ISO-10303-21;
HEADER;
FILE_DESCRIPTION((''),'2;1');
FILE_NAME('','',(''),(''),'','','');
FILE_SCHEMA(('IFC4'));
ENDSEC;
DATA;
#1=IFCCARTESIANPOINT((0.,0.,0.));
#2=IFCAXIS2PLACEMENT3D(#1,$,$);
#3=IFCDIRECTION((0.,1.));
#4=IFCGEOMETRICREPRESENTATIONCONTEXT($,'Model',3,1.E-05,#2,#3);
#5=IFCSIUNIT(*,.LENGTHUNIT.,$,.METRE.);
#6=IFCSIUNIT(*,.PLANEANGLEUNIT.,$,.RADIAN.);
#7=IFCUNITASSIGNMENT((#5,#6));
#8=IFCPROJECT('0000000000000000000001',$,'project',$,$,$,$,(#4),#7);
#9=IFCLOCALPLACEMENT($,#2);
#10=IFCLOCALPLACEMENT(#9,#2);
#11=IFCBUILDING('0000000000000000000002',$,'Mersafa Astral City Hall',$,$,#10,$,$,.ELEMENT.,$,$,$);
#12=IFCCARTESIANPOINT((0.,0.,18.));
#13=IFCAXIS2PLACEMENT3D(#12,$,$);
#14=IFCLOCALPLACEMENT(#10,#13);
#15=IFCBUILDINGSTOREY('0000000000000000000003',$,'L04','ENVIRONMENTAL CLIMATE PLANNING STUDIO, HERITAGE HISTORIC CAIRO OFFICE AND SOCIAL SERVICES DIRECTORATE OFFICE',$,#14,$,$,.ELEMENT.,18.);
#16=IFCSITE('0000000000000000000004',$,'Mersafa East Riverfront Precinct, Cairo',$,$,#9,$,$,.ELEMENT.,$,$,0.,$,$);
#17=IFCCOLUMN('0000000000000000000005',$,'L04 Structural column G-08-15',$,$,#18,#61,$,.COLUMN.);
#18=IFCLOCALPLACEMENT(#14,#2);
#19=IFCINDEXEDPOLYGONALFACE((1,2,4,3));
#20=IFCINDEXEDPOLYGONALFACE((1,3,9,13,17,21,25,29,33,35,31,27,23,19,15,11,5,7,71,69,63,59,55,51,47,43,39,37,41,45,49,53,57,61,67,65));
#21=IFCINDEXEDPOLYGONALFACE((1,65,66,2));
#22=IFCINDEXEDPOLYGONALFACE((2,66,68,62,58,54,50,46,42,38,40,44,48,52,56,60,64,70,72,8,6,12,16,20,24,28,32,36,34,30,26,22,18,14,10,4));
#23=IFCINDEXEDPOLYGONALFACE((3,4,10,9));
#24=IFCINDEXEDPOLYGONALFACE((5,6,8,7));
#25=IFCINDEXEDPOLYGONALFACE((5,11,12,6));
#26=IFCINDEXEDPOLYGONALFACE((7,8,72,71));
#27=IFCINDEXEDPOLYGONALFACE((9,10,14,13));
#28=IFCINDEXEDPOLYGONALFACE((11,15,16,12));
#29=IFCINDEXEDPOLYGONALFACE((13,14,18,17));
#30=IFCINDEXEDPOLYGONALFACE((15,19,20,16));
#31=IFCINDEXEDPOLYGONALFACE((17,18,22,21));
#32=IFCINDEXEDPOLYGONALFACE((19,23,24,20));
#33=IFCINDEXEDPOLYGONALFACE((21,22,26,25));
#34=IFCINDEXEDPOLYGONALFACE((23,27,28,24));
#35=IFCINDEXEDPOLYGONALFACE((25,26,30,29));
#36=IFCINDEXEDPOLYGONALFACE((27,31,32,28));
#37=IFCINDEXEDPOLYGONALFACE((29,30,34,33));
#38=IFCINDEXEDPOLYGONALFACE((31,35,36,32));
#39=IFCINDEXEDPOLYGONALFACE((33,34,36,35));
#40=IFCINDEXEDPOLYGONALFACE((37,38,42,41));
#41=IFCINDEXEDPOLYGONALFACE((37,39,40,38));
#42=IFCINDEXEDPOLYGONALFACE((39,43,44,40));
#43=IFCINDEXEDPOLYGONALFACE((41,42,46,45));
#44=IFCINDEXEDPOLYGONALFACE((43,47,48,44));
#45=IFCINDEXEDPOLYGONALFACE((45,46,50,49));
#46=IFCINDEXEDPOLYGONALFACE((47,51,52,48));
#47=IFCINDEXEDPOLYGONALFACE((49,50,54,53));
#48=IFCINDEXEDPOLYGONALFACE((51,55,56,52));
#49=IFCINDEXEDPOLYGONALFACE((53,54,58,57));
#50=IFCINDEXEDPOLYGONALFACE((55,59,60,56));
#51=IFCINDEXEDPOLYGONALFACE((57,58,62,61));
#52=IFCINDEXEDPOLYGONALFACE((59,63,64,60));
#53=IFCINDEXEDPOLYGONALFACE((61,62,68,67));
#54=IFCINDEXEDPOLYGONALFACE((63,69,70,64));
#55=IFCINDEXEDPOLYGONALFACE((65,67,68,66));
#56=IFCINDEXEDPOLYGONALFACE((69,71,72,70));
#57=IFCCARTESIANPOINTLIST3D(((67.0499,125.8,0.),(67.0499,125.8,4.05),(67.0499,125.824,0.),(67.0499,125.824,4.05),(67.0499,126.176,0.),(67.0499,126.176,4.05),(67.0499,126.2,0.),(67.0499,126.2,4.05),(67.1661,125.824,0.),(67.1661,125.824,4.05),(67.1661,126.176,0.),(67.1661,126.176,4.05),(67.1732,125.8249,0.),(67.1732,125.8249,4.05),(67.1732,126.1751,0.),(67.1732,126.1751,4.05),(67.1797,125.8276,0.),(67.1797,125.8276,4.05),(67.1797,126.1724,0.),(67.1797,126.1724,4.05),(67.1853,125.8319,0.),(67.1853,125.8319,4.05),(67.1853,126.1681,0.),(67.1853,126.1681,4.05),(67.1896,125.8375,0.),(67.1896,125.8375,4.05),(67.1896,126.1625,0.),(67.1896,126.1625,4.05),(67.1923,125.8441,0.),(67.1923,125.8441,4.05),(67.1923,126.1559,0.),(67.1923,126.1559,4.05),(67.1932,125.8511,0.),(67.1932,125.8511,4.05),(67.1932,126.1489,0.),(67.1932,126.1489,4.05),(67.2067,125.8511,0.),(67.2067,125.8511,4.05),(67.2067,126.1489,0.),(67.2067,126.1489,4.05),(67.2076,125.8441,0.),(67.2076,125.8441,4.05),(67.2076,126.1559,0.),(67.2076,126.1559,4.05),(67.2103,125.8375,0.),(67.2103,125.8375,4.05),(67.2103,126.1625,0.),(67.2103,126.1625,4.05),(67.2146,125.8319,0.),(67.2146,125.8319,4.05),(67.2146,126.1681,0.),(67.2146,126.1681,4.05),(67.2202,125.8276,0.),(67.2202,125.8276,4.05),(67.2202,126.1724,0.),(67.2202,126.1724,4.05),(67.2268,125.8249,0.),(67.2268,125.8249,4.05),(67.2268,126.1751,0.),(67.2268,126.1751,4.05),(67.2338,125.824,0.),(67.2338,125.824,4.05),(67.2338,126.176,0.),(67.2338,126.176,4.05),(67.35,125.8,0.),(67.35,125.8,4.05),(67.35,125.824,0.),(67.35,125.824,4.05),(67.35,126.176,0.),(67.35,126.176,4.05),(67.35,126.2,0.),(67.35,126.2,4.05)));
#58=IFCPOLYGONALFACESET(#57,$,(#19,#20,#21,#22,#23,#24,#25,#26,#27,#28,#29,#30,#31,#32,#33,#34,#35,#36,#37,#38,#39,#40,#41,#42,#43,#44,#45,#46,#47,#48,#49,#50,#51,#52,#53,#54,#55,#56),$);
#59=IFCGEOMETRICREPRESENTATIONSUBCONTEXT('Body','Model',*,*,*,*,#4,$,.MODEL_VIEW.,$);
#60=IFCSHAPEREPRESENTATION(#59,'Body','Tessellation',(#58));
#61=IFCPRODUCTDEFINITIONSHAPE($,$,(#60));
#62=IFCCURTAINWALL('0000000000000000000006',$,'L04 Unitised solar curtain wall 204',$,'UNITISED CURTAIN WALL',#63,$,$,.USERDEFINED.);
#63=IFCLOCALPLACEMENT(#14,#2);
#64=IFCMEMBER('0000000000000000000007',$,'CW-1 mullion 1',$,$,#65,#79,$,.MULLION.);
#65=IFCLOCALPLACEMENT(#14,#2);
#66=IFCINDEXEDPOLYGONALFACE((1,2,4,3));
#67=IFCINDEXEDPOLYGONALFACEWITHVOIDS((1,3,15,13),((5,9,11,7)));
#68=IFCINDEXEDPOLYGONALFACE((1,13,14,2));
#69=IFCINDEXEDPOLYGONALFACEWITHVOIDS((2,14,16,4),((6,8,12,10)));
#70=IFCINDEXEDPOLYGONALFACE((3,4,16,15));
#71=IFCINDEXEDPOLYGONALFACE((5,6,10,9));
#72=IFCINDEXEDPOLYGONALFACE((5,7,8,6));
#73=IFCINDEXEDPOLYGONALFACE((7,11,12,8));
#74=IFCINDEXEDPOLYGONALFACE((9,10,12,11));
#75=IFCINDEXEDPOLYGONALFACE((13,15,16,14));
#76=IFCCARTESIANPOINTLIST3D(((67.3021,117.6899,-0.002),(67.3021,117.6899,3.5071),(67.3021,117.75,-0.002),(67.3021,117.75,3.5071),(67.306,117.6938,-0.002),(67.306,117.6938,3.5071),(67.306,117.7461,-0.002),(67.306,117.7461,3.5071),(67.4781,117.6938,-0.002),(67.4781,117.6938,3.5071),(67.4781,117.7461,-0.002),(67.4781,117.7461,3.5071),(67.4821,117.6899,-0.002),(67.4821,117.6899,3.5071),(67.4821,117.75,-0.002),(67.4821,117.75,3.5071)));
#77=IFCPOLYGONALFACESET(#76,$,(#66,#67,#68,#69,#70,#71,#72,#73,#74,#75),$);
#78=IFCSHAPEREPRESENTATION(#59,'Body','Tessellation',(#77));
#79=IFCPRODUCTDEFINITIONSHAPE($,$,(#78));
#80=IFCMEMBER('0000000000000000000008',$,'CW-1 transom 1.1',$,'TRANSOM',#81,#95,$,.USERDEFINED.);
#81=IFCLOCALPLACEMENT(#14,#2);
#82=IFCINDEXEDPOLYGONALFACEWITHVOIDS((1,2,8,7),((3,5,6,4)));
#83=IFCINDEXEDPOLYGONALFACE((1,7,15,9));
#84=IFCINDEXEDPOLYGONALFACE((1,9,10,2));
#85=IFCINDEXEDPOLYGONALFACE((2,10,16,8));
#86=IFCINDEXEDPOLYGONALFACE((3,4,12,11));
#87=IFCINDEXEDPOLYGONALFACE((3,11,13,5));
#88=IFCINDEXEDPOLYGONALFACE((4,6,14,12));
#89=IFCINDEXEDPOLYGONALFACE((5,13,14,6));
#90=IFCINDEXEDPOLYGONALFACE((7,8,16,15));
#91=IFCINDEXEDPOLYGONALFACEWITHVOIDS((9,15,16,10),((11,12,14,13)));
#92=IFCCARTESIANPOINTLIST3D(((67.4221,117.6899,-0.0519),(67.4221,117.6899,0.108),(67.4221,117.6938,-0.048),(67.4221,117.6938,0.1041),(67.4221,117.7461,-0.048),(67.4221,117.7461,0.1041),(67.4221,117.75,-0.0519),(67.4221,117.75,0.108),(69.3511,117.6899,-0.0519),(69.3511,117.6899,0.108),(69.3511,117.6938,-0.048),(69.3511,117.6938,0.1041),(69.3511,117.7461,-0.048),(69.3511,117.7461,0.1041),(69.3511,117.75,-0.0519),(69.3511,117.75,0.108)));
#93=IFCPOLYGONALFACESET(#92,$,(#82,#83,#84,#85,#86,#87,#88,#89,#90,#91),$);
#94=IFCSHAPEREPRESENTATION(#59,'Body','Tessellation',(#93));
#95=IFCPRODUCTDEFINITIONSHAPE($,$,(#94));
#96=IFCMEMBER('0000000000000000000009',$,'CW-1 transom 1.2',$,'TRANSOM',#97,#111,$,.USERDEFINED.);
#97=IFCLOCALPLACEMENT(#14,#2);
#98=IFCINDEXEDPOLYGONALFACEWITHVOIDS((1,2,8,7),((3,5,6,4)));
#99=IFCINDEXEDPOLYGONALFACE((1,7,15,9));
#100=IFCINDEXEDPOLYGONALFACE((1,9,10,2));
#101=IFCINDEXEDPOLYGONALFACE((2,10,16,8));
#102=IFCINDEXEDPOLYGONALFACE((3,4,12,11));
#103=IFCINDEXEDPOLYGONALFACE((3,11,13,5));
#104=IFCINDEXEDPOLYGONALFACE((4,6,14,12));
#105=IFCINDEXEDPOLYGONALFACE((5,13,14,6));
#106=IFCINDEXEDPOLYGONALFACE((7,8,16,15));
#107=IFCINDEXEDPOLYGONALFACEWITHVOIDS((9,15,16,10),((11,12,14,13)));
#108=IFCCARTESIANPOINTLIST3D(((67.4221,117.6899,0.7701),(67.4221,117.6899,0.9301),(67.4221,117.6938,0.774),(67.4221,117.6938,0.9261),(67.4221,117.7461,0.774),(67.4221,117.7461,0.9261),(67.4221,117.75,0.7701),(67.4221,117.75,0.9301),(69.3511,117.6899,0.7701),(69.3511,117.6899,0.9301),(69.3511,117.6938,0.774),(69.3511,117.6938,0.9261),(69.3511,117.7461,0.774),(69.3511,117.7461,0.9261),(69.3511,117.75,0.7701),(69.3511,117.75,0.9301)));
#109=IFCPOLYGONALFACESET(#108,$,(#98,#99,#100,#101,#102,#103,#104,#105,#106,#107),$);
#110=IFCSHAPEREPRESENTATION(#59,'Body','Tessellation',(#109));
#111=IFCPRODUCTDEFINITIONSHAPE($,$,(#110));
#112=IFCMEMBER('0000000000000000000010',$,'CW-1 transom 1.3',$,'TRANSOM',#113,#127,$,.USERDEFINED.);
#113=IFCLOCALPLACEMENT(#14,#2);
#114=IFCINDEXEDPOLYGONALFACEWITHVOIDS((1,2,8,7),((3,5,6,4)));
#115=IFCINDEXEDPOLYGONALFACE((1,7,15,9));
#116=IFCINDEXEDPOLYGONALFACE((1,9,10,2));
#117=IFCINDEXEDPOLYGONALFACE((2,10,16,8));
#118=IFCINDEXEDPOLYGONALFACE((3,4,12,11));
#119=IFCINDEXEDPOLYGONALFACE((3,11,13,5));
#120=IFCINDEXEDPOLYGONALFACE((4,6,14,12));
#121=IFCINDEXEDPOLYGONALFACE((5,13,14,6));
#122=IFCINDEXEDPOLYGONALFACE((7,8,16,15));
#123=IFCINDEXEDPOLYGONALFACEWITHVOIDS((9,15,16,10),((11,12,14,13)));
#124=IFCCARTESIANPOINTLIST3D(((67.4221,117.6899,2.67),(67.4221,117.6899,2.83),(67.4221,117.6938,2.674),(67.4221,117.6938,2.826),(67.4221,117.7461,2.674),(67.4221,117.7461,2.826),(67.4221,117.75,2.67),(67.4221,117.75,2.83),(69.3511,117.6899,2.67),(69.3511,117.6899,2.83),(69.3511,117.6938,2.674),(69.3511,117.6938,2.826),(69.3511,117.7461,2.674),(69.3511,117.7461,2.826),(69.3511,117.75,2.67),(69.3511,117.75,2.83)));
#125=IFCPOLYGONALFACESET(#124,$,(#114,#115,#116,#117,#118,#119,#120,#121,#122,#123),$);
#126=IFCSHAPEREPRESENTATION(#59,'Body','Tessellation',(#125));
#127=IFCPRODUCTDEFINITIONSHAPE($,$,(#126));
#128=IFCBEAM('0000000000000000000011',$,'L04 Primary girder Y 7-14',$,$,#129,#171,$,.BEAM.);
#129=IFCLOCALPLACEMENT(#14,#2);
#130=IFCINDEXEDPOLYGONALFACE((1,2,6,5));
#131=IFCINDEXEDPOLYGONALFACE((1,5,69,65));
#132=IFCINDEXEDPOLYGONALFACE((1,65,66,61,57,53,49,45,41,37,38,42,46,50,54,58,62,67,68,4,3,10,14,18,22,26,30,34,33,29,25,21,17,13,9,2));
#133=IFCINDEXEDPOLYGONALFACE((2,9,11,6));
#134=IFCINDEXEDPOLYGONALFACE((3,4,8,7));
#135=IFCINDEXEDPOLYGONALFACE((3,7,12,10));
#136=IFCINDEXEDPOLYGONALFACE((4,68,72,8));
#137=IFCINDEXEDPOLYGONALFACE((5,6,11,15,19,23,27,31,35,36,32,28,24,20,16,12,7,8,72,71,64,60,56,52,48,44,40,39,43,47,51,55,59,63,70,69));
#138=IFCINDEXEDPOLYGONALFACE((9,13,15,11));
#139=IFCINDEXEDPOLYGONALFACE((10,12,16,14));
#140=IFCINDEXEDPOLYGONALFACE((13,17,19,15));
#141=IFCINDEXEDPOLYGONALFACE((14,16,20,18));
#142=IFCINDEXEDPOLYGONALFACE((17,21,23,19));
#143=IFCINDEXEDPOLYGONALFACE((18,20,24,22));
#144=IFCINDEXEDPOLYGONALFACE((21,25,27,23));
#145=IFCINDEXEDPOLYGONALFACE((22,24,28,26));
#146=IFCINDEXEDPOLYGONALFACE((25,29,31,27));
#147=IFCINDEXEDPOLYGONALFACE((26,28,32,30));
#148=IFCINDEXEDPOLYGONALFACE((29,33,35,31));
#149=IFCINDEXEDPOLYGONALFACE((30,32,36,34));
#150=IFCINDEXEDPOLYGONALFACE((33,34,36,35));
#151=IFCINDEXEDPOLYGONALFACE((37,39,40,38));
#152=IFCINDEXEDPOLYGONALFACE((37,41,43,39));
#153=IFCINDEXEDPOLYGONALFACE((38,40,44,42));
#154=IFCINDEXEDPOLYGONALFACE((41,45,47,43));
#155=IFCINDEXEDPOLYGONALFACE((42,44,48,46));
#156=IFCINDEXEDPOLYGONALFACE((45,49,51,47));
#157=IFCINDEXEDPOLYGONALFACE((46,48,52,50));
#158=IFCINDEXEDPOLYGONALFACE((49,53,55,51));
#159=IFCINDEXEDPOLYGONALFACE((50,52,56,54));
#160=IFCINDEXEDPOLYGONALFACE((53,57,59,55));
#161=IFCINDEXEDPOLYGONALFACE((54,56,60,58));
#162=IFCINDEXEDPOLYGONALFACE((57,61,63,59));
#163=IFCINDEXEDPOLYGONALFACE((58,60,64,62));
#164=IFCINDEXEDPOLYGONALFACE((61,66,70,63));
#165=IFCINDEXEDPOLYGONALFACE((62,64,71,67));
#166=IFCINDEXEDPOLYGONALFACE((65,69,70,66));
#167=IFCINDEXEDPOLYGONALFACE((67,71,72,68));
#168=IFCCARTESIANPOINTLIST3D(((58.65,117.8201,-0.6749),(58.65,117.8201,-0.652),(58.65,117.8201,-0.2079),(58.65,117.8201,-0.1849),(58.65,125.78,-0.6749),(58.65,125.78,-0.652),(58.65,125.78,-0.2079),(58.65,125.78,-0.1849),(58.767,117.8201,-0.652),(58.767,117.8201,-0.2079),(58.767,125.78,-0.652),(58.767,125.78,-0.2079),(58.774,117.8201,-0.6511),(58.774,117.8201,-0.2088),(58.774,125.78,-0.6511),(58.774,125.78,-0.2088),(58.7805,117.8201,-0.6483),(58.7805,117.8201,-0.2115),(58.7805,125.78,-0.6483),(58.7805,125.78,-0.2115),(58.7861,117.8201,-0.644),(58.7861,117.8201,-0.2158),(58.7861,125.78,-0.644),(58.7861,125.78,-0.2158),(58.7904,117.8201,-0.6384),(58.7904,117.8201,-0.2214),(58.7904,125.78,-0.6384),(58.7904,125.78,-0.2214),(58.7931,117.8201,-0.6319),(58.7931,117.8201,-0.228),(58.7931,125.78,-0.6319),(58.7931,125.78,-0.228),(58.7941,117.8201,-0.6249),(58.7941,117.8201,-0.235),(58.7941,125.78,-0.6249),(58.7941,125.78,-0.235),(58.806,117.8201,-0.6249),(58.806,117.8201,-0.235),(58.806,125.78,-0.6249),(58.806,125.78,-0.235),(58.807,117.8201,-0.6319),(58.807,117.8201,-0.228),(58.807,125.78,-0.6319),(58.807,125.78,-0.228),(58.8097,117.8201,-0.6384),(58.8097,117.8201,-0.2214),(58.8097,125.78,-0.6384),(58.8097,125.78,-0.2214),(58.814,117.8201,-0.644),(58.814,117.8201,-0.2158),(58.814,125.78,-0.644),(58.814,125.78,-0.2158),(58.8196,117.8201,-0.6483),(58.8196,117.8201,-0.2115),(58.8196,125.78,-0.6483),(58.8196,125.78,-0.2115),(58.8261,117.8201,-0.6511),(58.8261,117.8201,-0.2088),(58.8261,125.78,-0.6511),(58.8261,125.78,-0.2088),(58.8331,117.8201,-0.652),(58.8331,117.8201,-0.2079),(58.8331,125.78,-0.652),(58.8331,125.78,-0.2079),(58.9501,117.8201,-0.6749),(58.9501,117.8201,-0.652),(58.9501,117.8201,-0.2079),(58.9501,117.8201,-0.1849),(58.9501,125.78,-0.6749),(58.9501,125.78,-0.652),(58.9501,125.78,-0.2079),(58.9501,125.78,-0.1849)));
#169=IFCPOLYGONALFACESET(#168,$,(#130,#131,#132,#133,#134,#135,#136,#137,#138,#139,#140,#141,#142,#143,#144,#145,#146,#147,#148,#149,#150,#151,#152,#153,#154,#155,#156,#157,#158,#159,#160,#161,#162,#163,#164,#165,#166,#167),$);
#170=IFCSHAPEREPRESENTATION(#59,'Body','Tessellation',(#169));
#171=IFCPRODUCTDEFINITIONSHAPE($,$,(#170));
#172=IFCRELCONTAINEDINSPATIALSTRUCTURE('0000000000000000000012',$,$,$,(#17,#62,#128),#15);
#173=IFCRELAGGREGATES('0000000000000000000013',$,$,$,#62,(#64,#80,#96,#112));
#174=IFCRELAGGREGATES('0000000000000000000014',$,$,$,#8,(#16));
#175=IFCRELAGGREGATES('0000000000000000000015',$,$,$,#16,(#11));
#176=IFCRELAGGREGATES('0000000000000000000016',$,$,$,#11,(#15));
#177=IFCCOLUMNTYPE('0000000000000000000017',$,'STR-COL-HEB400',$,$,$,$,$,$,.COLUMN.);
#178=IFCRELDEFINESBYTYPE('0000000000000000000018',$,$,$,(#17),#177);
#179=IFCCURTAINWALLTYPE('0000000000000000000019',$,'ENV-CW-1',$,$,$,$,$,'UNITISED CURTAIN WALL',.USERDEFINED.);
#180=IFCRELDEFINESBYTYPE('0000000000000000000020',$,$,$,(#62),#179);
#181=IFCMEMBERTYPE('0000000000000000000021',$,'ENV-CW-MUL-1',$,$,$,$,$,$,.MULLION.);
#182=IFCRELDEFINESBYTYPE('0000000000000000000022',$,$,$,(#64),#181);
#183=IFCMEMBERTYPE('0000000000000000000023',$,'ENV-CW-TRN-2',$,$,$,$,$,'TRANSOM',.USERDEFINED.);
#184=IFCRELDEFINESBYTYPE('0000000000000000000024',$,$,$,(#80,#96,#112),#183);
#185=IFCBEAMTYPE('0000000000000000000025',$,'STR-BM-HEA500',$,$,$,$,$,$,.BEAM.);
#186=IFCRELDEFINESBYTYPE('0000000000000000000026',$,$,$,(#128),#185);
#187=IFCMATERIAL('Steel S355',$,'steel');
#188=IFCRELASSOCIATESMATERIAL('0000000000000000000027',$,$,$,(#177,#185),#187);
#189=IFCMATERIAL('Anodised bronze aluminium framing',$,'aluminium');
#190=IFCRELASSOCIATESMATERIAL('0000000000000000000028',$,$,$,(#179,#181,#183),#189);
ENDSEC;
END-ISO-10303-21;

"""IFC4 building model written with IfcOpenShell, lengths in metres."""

from ifc_helpers import new_model, si_unit, direction, frame, origin, origin_2d, place, context, subcontext, project, spatial, hollow_rectangle, i_section, extrude, material, material_profile, profile_set, type_object, element, aggregate, save


model = new_model("IFC4")

# Units and contexts
model_context = context("Model", 3, precision=1e-05, world=origin(), true_north=direction((0.0, 1.0)))
body_context = subcontext(model_context, "Body", "Model", "MODEL_VIEW")
ifc_project = project(units=[si_unit("LENGTHUNIT", "METRE"), si_unit("PLANEANGLEUNIT", "RADIAN")], contexts=[model_context])

# Site, building, storey
site_placement = place(None, origin())
site = spatial("IfcSite", under=ifc_project, at=site_placement, Name="Mersafa East Riverfront Precinct, Cairo", CompositionType="ELEMENT", RefElevation=0.0)
building_placement = place(site_placement, origin())
building = spatial("IfcBuilding", under=site, at=building_placement, Name="Mersafa Astral City Hall", CompositionType="ELEMENT")
storey_placement = place(building_placement, frame((0.0, 0.0, 18.0)))
storey = spatial("IfcBuildingStorey", under=building, at=storey_placement, Name="L04", Description="ENVIRONMENTAL CLIMATE PLANNING STUDIO, HERITAGE HISTORIC CAIRO OFFICE AND SOCIAL SERVICES DIRECTORATE OFFICE", CompositionType="ELEMENT", Elevation=18.0)

# Column
ifc_material_1 = material(Name="Steel S355", Category="steel")
ifc_material_profile_1 = material_profile(ifc_material_1, i_section(OverallWidth=0.3, OverallDepth=0.3999, WebThickness=0.0134, FlangeThickness=0.0239, FilletRadius=0.0271, at=origin_2d()), Name="HEB 400")
ifc_profile_set_1 = profile_set([ifc_material_profile_1], Name="Steel S355")
column_type = type_object("IfcColumnType", Name="STR-COL-HEB400", PredefinedType="COLUMN", material=ifc_profile_set_1)
for number, where, z_axis, x_axis, name in (
    (1, (67.2, 126.0, 0.0), (0.0, 0.0, 1.0), (1.0, 0.0, 0.0), "L04 Structural column G-08-15"),
):
    element("IfcColumn", number, at=place(storey_placement, frame(where, z_axis=z_axis, x_axis=x_axis)), inside=storey, type_object=column_type, Name=name, PredefinedType="COLUMN", context=body_context, shape_type="SweptSolid", body=[
        extrude(i_section(OverallWidth=0.3, OverallDepth=0.3999, WebThickness=0.0134, FlangeThickness=0.0239, FilletRadius=0.0271, at=origin_2d()), origin(), (0.0, 0.0, 1.0), 4.05),
    ])

# Curtain wall, members
ifc_material_2 = material(Name="Anodised bronze aluminium framing", Category="aluminium")
curtain_wall_type = type_object("IfcCurtainWallType", Name="ENV-CW-1", ElementType="UNITISED CURTAIN WALL", PredefinedType="USERDEFINED", material=ifc_material_2)
curtain_wall_placement = place(storey_placement, origin())
curtain_wall = element("IfcCurtainWall", 2, at=curtain_wall_placement, inside=storey, type_object=curtain_wall_type, Name="L04 Unitised solar curtain wall 204", ObjectType="UNITISED CURTAIN WALL", PredefinedType="USERDEFINED")
ifc_material_profile_2 = material_profile(ifc_material_2, hollow_rectangle(XDim=0.0601, YDim=0.1799, WallThickness=0.0039, at=origin_2d()), Name="RHS 60x180x4")
ifc_profile_set_2 = profile_set([ifc_material_profile_2], Name="Anodised bronze aluminium framing")
member_type_1 = type_object("IfcMemberType", Name="ENV-CW-MUL-1", PredefinedType="MULLION", material=ifc_profile_set_2)
member_1_placement = place(storey_placement, frame((67.3921, 117.72, -0.002), z_axis=(0.0, 0.0, 1.0), x_axis=(0.0, 1.0, 0.0)))
member_1 = element("IfcMember", 3, at=member_1_placement, type_object=member_type_1, Name="CW-1 mullion 1", PredefinedType="MULLION", context=body_context, shape_type="SweptSolid", body=[
    extrude(hollow_rectangle(XDim=0.0601, YDim=0.1799, WallThickness=0.0039, at=origin_2d()), origin(), (0.0, 0.0, 1.0), 3.509),
])
ifc_material_profile_3 = material_profile(ifc_material_2, hollow_rectangle(XDim=0.0601, YDim=0.1599, WallThickness=0.0039, at=origin_2d()), Name="RHS 60x160x4")
ifc_profile_set_3 = profile_set([ifc_material_profile_3], Name="Anodised bronze aluminium framing")
member_type_2 = type_object("IfcMemberType", Name="ENV-CW-TRN-2", ElementType="TRANSOM", PredefinedType="USERDEFINED", material=ifc_profile_set_3)
member_2_placement = place(storey_placement, frame((67.4221, 117.72, 0.0281), z_axis=(1.0, 0.0, 0.0), x_axis=(0.0, 1.0, 0.0)))
member_2 = element("IfcMember", 4, at=member_2_placement, type_object=member_type_2, Name="CW-1 transom 1.1", ObjectType="TRANSOM", PredefinedType="USERDEFINED", context=body_context, shape_type="SweptSolid", body=[
    extrude(hollow_rectangle(XDim=0.0601, YDim=0.1599, WallThickness=0.0039, at=origin_2d()), origin(), (0.0, 0.0, 1.0), 1.929),
])
member_3_placement = place(storey_placement, frame((67.4221, 117.72, 0.8501), z_axis=(1.0, 0.0, 0.0), x_axis=(0.0, 1.0, 0.0)))
member_3 = element("IfcMember", 5, at=member_3_placement, type_object=member_type_2, Name="CW-1 transom 1.2", ObjectType="TRANSOM", PredefinedType="USERDEFINED", context=body_context, shape_type="SweptSolid", body=[
    extrude(hollow_rectangle(XDim=0.0601, YDim=0.1599, WallThickness=0.0039, at=origin_2d()), origin(), (0.0, 0.0, 1.0), 1.929),
])
member_4_placement = place(storey_placement, frame((67.4221, 117.72, 2.75), z_axis=(1.0, 0.0, 0.0), x_axis=(0.0, 1.0, 0.0)))
member_4 = element("IfcMember", 6, at=member_4_placement, type_object=member_type_2, Name="CW-1 transom 1.3", ObjectType="TRANSOM", PredefinedType="USERDEFINED", context=body_context, shape_type="SweptSolid", body=[
    extrude(hollow_rectangle(XDim=0.0601, YDim=0.1599, WallThickness=0.0039, at=origin_2d()), origin(), (0.0, 0.0, 1.0), 1.929),
])
aggregate(curtain_wall, [member_1, member_2, member_3, member_4])

# Beam
ifc_material_profile_4 = material_profile(ifc_material_1, i_section(OverallWidth=0.3, OverallDepth=0.49, WebThickness=0.012, FlangeThickness=0.0229, FilletRadius=0.0271, at=origin_2d()), Name="HEA 500")
ifc_profile_set_4 = profile_set([ifc_material_profile_4], Name="Steel S355")
beam_type_1 = type_object("IfcBeamType", Name="STR-BM-HEA500", PredefinedType="BEAM", material=ifc_profile_set_4)
beam_1_placement = place(storey_placement, frame((58.8, 117.8201, -0.4299), z_axis=(0.0, 1.0, 0.0), x_axis=(-1.0, 0.0, 0.0)))
element("IfcBeam", 7, at=beam_1_placement, inside=storey, type_object=beam_type_1, Name="L04 Primary girder Y 7-14", PredefinedType="BEAM", context=body_context, shape_type="SweptSolid", body=[
    extrude(i_section(OverallWidth=0.3, OverallDepth=0.49, WebThickness=0.012, FlangeThickness=0.0229, FilletRadius=0.0271, at=origin_2d()), origin(), (0.0, 0.0, 1.0), 7.96),
])

save(model, "model.ifc")
